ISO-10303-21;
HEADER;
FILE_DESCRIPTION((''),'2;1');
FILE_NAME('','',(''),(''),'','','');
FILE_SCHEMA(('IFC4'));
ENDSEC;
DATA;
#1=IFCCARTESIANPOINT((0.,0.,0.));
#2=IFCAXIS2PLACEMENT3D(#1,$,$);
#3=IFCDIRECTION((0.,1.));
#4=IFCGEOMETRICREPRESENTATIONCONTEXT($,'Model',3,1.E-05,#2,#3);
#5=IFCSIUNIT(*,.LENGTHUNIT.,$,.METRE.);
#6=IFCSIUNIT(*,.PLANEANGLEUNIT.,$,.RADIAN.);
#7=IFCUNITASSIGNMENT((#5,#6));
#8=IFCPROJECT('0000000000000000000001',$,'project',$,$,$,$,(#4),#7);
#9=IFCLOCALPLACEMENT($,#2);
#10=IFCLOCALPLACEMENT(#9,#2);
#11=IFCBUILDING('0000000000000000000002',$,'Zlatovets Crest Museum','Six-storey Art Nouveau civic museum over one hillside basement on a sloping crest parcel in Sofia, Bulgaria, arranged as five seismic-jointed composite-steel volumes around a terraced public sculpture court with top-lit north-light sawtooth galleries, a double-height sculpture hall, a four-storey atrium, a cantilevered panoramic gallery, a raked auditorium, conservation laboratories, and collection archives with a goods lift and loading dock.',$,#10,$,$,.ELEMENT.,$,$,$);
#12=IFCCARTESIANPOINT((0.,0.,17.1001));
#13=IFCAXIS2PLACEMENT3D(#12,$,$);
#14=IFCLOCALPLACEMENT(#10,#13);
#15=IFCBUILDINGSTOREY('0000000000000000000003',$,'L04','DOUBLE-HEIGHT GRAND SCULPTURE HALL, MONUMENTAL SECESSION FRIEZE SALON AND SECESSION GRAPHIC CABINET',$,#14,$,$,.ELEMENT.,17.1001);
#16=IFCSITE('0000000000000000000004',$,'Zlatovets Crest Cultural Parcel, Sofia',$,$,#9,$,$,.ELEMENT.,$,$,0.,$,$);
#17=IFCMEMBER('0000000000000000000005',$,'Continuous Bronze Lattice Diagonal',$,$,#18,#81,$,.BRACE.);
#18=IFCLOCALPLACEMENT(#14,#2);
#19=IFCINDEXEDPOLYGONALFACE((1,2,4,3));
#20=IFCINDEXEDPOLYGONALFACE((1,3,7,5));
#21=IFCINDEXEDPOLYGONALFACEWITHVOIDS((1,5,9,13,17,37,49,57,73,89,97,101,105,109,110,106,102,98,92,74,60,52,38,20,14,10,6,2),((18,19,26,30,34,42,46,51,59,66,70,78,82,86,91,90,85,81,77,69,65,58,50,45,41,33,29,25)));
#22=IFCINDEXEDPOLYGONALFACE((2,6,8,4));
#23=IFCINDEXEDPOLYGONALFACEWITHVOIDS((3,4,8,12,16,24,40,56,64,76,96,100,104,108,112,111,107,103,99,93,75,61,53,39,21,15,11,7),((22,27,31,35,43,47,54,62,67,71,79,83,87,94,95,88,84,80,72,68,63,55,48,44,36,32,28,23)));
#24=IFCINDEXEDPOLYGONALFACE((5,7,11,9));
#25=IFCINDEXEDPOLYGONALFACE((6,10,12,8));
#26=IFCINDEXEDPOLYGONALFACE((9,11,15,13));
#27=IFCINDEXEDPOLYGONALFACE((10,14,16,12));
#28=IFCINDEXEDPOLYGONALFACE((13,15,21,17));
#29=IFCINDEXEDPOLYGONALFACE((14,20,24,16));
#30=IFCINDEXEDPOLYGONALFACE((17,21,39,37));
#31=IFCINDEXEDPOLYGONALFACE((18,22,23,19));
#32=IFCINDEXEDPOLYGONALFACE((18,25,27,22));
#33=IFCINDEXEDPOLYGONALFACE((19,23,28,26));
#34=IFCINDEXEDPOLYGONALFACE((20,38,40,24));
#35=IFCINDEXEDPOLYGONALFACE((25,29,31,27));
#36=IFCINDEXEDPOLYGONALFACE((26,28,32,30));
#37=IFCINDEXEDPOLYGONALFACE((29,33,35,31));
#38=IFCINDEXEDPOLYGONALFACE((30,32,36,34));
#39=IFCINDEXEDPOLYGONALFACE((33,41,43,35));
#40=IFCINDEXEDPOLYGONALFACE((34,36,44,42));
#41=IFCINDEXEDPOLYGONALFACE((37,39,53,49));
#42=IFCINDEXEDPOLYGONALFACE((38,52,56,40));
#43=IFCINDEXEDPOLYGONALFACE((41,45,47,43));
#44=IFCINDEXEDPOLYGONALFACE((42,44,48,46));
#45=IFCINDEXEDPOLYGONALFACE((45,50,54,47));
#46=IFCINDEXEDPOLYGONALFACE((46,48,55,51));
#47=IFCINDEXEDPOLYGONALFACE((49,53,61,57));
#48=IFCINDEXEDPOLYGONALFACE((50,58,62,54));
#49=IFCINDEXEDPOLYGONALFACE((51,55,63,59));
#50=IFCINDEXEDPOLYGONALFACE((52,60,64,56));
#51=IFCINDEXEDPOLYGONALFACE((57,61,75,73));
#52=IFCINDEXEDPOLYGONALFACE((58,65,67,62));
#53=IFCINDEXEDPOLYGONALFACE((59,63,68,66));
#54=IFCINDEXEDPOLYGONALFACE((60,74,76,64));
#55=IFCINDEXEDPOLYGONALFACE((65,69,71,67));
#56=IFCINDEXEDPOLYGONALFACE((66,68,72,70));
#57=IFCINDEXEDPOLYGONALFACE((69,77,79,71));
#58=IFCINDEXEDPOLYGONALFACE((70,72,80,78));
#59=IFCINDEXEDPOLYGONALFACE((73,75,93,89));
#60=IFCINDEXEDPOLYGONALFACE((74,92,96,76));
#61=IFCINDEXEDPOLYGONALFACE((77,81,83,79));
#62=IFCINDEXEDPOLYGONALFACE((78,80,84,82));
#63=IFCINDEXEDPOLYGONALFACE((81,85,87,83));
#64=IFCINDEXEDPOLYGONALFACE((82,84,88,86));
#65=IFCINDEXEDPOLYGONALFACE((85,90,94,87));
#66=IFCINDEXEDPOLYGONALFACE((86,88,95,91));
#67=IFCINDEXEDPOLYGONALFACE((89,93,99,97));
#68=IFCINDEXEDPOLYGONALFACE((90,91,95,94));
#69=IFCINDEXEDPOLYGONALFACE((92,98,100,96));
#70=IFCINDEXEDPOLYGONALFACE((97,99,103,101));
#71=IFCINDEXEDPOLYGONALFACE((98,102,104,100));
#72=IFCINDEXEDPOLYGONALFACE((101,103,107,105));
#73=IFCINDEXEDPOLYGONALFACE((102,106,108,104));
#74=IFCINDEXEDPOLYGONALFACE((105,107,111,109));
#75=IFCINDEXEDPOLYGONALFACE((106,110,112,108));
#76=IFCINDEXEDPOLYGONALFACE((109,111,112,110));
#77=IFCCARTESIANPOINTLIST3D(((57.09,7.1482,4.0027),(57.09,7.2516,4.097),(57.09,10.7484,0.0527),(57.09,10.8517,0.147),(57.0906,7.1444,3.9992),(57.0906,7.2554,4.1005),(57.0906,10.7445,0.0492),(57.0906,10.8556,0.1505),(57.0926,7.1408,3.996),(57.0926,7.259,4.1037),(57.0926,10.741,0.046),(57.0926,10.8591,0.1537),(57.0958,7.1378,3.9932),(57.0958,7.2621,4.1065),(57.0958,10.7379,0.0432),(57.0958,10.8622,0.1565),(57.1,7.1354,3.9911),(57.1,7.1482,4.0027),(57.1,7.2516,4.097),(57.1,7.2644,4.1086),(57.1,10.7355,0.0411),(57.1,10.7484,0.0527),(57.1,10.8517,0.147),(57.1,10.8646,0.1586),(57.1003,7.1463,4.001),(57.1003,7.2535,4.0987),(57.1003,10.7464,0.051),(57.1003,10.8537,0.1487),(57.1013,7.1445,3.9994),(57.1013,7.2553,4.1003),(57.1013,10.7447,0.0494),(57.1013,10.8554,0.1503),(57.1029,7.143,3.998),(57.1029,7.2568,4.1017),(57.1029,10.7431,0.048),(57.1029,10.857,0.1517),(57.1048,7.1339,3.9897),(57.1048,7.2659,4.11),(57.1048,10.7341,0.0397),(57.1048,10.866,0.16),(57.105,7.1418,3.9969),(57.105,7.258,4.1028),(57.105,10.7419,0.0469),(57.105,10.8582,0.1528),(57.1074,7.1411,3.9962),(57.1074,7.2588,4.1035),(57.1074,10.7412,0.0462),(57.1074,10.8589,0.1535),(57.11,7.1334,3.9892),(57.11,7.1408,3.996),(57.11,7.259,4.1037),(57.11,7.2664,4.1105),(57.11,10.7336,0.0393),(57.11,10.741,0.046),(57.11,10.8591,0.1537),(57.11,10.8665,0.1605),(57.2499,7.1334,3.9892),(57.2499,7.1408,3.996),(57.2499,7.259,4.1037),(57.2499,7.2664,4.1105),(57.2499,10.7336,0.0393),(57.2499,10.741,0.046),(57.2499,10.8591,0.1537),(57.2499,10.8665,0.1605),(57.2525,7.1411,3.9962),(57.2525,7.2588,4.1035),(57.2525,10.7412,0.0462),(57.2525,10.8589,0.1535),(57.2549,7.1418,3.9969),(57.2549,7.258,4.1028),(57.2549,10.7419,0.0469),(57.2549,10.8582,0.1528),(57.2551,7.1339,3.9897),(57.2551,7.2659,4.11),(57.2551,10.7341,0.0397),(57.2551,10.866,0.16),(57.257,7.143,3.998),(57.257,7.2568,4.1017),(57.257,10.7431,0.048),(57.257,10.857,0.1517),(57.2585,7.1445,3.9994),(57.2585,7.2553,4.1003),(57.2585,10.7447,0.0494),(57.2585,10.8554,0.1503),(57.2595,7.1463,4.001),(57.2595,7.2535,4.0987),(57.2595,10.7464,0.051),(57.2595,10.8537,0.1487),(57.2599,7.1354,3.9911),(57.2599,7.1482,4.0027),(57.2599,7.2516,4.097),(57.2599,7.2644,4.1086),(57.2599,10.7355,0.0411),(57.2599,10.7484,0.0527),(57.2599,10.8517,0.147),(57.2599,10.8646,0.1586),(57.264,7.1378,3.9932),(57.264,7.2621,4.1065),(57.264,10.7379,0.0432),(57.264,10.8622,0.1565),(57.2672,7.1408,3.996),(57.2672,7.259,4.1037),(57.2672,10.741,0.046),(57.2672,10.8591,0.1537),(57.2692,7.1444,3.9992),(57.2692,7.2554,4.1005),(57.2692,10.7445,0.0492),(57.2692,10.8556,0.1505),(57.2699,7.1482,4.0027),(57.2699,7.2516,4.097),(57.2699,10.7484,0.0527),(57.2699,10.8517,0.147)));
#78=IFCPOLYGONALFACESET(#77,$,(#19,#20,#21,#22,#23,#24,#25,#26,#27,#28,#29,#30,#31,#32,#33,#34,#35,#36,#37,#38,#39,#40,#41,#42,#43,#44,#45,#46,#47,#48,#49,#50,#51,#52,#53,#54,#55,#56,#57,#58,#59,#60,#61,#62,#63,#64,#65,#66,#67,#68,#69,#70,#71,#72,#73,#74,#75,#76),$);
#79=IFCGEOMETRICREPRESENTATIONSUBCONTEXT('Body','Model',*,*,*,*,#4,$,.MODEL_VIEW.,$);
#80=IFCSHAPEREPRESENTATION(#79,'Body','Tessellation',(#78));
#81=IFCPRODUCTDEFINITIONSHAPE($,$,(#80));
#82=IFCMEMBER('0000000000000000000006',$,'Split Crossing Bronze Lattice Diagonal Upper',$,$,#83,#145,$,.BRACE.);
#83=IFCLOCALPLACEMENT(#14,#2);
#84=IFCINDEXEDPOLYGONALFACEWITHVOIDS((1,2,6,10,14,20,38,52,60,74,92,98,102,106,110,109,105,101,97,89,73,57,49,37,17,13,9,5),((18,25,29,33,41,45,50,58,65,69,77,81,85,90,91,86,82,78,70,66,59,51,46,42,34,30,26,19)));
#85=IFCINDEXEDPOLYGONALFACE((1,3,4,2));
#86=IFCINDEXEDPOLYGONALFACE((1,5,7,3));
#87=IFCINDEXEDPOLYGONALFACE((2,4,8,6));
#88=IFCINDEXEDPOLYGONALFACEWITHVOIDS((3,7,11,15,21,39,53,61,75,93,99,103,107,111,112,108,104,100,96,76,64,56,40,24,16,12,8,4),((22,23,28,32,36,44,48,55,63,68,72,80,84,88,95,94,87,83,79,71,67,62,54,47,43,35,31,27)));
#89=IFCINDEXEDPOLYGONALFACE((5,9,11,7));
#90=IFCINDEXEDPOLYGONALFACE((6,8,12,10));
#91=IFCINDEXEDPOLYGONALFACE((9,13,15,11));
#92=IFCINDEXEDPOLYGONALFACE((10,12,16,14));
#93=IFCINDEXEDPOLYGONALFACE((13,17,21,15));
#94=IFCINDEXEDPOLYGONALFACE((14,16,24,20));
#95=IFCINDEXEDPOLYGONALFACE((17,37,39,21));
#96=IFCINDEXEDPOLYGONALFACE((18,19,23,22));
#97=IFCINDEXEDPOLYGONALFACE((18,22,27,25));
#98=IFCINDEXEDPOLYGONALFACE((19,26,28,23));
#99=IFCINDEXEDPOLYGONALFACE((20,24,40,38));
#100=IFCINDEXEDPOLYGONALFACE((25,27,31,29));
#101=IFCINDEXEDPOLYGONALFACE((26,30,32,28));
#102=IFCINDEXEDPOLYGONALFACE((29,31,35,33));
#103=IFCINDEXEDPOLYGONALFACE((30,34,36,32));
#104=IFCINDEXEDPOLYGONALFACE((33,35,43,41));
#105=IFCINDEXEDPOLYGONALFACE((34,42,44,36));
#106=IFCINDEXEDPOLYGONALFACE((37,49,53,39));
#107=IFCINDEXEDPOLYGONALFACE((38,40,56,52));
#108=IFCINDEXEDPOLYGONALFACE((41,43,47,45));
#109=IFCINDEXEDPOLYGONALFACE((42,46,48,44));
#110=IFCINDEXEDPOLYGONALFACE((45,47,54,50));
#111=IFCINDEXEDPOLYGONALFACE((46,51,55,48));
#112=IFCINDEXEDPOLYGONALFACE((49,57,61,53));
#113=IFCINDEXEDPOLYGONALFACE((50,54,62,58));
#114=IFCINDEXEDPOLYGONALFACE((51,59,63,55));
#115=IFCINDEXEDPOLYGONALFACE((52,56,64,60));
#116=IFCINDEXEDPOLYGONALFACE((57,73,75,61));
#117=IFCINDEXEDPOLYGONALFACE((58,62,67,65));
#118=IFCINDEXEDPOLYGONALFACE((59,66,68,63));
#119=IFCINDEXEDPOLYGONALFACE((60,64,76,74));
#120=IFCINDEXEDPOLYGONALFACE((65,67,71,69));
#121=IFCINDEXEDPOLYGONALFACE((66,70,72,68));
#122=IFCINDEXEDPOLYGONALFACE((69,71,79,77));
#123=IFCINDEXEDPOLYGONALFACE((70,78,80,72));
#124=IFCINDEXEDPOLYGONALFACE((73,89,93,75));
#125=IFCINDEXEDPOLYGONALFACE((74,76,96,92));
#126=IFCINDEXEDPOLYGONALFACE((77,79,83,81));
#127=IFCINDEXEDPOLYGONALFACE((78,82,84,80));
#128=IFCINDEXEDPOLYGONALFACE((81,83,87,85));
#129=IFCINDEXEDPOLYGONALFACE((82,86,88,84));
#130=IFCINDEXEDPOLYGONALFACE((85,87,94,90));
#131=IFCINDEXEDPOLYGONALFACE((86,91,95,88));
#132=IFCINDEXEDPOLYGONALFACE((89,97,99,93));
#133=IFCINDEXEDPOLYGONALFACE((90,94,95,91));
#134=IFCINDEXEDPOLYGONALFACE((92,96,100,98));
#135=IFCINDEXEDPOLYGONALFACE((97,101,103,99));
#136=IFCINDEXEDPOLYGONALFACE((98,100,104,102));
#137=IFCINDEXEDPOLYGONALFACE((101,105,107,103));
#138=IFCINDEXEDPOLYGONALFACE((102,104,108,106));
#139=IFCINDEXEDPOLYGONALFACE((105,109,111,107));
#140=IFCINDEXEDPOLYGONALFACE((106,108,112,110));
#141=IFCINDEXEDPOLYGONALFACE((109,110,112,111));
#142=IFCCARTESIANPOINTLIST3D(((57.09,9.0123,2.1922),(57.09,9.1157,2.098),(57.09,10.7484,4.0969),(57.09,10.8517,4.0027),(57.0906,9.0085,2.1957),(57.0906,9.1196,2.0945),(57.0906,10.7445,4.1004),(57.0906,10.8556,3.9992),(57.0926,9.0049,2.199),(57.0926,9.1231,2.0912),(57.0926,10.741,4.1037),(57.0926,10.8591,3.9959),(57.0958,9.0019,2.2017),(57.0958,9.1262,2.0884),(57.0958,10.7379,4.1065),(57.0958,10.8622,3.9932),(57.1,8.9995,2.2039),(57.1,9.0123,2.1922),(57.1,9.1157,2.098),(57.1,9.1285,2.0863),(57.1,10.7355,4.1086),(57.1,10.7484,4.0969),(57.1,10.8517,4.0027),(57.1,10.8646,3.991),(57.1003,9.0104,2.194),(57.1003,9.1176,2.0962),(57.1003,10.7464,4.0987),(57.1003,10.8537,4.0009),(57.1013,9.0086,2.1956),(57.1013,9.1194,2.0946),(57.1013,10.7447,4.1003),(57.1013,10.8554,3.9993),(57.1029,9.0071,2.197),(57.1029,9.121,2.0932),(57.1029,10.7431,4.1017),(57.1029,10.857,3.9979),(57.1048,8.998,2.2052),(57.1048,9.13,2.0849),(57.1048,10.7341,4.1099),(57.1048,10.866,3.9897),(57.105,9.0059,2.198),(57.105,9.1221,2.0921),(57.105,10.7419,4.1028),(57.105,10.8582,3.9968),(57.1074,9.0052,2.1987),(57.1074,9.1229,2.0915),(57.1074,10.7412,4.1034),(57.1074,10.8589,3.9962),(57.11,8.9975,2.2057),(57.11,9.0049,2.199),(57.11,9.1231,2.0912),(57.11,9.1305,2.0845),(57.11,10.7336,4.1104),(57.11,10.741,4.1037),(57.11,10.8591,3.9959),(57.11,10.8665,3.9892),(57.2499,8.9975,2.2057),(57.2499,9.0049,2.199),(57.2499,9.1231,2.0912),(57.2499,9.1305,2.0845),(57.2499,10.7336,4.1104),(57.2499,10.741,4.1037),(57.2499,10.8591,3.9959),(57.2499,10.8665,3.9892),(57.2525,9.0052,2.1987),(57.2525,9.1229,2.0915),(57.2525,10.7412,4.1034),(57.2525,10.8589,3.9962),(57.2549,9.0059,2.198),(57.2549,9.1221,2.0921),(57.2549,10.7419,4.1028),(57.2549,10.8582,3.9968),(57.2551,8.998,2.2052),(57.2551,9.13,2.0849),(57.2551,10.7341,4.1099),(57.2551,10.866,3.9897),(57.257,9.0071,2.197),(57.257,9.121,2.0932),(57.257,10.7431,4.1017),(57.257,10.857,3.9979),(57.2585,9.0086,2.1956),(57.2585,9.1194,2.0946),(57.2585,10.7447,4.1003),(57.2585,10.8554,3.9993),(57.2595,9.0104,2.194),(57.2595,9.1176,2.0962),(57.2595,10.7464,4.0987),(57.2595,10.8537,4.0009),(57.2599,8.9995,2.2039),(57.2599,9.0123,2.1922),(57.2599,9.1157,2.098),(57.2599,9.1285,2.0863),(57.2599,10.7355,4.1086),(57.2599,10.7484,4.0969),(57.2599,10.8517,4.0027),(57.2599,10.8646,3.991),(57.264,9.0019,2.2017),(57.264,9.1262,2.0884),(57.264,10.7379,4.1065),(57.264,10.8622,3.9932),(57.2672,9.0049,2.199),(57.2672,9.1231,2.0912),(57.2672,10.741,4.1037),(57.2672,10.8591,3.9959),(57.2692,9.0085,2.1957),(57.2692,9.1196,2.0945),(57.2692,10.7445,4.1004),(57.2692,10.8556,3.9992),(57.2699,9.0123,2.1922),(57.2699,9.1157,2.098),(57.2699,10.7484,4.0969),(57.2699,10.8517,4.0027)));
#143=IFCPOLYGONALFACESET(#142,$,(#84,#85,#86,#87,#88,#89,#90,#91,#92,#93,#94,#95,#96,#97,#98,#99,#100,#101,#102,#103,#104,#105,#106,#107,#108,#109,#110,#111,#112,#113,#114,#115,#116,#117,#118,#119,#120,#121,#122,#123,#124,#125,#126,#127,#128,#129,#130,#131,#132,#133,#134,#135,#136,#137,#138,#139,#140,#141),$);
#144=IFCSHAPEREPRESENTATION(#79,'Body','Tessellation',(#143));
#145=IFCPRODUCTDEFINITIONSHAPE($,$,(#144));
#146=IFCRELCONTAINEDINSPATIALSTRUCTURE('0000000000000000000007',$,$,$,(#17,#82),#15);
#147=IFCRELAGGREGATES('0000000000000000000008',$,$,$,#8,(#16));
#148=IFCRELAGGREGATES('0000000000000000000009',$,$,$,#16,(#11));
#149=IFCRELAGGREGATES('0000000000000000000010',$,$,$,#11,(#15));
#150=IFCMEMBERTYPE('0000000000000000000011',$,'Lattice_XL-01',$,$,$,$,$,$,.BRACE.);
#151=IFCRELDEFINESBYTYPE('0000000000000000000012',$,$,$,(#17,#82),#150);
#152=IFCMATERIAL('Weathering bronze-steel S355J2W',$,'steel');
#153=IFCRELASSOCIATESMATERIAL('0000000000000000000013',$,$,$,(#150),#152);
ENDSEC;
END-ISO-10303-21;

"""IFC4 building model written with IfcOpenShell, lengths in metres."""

from ifc_helpers import new_model, si_unit, direction, frame, origin, origin_2d, place, context, subcontext, project, spatial, hollow_rectangle, extrude, material, material_profile, profile_set, type_object, element, save


model = new_model("IFC4")

# Units and contexts
model_context = context("Model", 3, precision=1e-05, world=origin(), true_north=direction((0.0, 1.0)))
body_context = subcontext(model_context, "Body", "Model", "MODEL_VIEW")
ifc_project = project(units=[si_unit("LENGTHUNIT", "METRE"), si_unit("PLANEANGLEUNIT", "RADIAN")], contexts=[model_context])

# Site, building, storey
site_placement = place(None, origin())
site = spatial("IfcSite", under=ifc_project, at=site_placement, Name="Zlatovets Crest Cultural Parcel, Sofia", CompositionType="ELEMENT", RefElevation=0.0)
building_placement = place(site_placement, origin())
building = spatial("IfcBuilding", under=site, at=building_placement, Name="Zlatovets Crest Museum", Description="Six-storey Art Nouveau civic museum over one hillside basement on a sloping crest parcel in Sofia, Bulgaria, arranged as five seismic-jointed composite-steel volumes around a terraced public sculpture court with top-lit north-light sawtooth galleries, a double-height sculpture hall, a four-storey atrium, a cantilevered panoramic gallery, a raked auditorium, conservation laboratories, and collection archives with a goods lift and loading dock.", CompositionType="ELEMENT")
storey_placement = place(building_placement, frame((0.0, 0.0, 17.1001)))
storey = spatial("IfcBuildingStorey", under=building, at=storey_placement, Name="L04", Description="DOUBLE-HEIGHT GRAND SCULPTURE HALL, MONUMENTAL SECESSION FRIEZE SALON AND SECESSION GRAPHIC CABINET", CompositionType="ELEMENT", Elevation=17.1001)

# Members
ifc_material_1 = material(Name="Weathering bronze-steel S355J2W", Category="steel")
ifc_material_profile_1 = material_profile(ifc_material_1, hollow_rectangle(XDim=0.1799, YDim=0.1799, WallThickness=0.01, InnerFilletRadius=0.01, OuterFilletRadius=0.02, at=origin_2d()), Name="SHS 180x180x10.0")
ifc_profile_set_1 = profile_set([ifc_material_profile_1], Name="Weathering bronze-steel S355J2W")
member_type_1 = type_object("IfcMemberType", Name="Lattice_XL-01", PredefinedType="BRACE", material=ifc_profile_set_1)
member_1_placement = place(storey_placement, frame((57.1799, 10.8, 0.0999), z_axis=(0.0, -0.673618, 0.73908), x_axis=(1.0, 0.0, 0.0)))
element("IfcMember", 1, at=member_1_placement, inside=storey, type_object=member_type_1, Name="Continuous Bronze Lattice Diagonal", PredefinedType="BRACE", context=body_context, shape_type="SweptSolid", body=[
    extrude(hollow_rectangle(XDim=0.1799, YDim=0.1799, WallThickness=0.01, InnerFilletRadius=0.01, OuterFilletRadius=0.02, at=origin_2d()), origin(), (0.0, 0.0, 1.0), 5.3445),
])
for number, where, z_axis, x_axis, name in (
    (2, (57.1799, 10.8, 4.0498), (0.0, -0.67362, -0.739078), (1.0, 0.0, 0.0), "Split Crossing Bronze Lattice Diagonal Upper"),
):
    element("IfcMember", number, at=place(storey_placement, frame(where, z_axis=z_axis, x_axis=x_axis)), inside=storey, type_object=member_type_1, Name=name, PredefinedType="BRACE", context=body_context, shape_type="SweptSolid", body=[
        extrude(hollow_rectangle(XDim=0.1799, YDim=0.1799, WallThickness=0.01, InnerFilletRadius=0.01, OuterFilletRadius=0.02, at=origin_2d()), origin(), (0.0, 0.0, 1.0), 2.5771),
    ])

save(model, "model.ifc")
